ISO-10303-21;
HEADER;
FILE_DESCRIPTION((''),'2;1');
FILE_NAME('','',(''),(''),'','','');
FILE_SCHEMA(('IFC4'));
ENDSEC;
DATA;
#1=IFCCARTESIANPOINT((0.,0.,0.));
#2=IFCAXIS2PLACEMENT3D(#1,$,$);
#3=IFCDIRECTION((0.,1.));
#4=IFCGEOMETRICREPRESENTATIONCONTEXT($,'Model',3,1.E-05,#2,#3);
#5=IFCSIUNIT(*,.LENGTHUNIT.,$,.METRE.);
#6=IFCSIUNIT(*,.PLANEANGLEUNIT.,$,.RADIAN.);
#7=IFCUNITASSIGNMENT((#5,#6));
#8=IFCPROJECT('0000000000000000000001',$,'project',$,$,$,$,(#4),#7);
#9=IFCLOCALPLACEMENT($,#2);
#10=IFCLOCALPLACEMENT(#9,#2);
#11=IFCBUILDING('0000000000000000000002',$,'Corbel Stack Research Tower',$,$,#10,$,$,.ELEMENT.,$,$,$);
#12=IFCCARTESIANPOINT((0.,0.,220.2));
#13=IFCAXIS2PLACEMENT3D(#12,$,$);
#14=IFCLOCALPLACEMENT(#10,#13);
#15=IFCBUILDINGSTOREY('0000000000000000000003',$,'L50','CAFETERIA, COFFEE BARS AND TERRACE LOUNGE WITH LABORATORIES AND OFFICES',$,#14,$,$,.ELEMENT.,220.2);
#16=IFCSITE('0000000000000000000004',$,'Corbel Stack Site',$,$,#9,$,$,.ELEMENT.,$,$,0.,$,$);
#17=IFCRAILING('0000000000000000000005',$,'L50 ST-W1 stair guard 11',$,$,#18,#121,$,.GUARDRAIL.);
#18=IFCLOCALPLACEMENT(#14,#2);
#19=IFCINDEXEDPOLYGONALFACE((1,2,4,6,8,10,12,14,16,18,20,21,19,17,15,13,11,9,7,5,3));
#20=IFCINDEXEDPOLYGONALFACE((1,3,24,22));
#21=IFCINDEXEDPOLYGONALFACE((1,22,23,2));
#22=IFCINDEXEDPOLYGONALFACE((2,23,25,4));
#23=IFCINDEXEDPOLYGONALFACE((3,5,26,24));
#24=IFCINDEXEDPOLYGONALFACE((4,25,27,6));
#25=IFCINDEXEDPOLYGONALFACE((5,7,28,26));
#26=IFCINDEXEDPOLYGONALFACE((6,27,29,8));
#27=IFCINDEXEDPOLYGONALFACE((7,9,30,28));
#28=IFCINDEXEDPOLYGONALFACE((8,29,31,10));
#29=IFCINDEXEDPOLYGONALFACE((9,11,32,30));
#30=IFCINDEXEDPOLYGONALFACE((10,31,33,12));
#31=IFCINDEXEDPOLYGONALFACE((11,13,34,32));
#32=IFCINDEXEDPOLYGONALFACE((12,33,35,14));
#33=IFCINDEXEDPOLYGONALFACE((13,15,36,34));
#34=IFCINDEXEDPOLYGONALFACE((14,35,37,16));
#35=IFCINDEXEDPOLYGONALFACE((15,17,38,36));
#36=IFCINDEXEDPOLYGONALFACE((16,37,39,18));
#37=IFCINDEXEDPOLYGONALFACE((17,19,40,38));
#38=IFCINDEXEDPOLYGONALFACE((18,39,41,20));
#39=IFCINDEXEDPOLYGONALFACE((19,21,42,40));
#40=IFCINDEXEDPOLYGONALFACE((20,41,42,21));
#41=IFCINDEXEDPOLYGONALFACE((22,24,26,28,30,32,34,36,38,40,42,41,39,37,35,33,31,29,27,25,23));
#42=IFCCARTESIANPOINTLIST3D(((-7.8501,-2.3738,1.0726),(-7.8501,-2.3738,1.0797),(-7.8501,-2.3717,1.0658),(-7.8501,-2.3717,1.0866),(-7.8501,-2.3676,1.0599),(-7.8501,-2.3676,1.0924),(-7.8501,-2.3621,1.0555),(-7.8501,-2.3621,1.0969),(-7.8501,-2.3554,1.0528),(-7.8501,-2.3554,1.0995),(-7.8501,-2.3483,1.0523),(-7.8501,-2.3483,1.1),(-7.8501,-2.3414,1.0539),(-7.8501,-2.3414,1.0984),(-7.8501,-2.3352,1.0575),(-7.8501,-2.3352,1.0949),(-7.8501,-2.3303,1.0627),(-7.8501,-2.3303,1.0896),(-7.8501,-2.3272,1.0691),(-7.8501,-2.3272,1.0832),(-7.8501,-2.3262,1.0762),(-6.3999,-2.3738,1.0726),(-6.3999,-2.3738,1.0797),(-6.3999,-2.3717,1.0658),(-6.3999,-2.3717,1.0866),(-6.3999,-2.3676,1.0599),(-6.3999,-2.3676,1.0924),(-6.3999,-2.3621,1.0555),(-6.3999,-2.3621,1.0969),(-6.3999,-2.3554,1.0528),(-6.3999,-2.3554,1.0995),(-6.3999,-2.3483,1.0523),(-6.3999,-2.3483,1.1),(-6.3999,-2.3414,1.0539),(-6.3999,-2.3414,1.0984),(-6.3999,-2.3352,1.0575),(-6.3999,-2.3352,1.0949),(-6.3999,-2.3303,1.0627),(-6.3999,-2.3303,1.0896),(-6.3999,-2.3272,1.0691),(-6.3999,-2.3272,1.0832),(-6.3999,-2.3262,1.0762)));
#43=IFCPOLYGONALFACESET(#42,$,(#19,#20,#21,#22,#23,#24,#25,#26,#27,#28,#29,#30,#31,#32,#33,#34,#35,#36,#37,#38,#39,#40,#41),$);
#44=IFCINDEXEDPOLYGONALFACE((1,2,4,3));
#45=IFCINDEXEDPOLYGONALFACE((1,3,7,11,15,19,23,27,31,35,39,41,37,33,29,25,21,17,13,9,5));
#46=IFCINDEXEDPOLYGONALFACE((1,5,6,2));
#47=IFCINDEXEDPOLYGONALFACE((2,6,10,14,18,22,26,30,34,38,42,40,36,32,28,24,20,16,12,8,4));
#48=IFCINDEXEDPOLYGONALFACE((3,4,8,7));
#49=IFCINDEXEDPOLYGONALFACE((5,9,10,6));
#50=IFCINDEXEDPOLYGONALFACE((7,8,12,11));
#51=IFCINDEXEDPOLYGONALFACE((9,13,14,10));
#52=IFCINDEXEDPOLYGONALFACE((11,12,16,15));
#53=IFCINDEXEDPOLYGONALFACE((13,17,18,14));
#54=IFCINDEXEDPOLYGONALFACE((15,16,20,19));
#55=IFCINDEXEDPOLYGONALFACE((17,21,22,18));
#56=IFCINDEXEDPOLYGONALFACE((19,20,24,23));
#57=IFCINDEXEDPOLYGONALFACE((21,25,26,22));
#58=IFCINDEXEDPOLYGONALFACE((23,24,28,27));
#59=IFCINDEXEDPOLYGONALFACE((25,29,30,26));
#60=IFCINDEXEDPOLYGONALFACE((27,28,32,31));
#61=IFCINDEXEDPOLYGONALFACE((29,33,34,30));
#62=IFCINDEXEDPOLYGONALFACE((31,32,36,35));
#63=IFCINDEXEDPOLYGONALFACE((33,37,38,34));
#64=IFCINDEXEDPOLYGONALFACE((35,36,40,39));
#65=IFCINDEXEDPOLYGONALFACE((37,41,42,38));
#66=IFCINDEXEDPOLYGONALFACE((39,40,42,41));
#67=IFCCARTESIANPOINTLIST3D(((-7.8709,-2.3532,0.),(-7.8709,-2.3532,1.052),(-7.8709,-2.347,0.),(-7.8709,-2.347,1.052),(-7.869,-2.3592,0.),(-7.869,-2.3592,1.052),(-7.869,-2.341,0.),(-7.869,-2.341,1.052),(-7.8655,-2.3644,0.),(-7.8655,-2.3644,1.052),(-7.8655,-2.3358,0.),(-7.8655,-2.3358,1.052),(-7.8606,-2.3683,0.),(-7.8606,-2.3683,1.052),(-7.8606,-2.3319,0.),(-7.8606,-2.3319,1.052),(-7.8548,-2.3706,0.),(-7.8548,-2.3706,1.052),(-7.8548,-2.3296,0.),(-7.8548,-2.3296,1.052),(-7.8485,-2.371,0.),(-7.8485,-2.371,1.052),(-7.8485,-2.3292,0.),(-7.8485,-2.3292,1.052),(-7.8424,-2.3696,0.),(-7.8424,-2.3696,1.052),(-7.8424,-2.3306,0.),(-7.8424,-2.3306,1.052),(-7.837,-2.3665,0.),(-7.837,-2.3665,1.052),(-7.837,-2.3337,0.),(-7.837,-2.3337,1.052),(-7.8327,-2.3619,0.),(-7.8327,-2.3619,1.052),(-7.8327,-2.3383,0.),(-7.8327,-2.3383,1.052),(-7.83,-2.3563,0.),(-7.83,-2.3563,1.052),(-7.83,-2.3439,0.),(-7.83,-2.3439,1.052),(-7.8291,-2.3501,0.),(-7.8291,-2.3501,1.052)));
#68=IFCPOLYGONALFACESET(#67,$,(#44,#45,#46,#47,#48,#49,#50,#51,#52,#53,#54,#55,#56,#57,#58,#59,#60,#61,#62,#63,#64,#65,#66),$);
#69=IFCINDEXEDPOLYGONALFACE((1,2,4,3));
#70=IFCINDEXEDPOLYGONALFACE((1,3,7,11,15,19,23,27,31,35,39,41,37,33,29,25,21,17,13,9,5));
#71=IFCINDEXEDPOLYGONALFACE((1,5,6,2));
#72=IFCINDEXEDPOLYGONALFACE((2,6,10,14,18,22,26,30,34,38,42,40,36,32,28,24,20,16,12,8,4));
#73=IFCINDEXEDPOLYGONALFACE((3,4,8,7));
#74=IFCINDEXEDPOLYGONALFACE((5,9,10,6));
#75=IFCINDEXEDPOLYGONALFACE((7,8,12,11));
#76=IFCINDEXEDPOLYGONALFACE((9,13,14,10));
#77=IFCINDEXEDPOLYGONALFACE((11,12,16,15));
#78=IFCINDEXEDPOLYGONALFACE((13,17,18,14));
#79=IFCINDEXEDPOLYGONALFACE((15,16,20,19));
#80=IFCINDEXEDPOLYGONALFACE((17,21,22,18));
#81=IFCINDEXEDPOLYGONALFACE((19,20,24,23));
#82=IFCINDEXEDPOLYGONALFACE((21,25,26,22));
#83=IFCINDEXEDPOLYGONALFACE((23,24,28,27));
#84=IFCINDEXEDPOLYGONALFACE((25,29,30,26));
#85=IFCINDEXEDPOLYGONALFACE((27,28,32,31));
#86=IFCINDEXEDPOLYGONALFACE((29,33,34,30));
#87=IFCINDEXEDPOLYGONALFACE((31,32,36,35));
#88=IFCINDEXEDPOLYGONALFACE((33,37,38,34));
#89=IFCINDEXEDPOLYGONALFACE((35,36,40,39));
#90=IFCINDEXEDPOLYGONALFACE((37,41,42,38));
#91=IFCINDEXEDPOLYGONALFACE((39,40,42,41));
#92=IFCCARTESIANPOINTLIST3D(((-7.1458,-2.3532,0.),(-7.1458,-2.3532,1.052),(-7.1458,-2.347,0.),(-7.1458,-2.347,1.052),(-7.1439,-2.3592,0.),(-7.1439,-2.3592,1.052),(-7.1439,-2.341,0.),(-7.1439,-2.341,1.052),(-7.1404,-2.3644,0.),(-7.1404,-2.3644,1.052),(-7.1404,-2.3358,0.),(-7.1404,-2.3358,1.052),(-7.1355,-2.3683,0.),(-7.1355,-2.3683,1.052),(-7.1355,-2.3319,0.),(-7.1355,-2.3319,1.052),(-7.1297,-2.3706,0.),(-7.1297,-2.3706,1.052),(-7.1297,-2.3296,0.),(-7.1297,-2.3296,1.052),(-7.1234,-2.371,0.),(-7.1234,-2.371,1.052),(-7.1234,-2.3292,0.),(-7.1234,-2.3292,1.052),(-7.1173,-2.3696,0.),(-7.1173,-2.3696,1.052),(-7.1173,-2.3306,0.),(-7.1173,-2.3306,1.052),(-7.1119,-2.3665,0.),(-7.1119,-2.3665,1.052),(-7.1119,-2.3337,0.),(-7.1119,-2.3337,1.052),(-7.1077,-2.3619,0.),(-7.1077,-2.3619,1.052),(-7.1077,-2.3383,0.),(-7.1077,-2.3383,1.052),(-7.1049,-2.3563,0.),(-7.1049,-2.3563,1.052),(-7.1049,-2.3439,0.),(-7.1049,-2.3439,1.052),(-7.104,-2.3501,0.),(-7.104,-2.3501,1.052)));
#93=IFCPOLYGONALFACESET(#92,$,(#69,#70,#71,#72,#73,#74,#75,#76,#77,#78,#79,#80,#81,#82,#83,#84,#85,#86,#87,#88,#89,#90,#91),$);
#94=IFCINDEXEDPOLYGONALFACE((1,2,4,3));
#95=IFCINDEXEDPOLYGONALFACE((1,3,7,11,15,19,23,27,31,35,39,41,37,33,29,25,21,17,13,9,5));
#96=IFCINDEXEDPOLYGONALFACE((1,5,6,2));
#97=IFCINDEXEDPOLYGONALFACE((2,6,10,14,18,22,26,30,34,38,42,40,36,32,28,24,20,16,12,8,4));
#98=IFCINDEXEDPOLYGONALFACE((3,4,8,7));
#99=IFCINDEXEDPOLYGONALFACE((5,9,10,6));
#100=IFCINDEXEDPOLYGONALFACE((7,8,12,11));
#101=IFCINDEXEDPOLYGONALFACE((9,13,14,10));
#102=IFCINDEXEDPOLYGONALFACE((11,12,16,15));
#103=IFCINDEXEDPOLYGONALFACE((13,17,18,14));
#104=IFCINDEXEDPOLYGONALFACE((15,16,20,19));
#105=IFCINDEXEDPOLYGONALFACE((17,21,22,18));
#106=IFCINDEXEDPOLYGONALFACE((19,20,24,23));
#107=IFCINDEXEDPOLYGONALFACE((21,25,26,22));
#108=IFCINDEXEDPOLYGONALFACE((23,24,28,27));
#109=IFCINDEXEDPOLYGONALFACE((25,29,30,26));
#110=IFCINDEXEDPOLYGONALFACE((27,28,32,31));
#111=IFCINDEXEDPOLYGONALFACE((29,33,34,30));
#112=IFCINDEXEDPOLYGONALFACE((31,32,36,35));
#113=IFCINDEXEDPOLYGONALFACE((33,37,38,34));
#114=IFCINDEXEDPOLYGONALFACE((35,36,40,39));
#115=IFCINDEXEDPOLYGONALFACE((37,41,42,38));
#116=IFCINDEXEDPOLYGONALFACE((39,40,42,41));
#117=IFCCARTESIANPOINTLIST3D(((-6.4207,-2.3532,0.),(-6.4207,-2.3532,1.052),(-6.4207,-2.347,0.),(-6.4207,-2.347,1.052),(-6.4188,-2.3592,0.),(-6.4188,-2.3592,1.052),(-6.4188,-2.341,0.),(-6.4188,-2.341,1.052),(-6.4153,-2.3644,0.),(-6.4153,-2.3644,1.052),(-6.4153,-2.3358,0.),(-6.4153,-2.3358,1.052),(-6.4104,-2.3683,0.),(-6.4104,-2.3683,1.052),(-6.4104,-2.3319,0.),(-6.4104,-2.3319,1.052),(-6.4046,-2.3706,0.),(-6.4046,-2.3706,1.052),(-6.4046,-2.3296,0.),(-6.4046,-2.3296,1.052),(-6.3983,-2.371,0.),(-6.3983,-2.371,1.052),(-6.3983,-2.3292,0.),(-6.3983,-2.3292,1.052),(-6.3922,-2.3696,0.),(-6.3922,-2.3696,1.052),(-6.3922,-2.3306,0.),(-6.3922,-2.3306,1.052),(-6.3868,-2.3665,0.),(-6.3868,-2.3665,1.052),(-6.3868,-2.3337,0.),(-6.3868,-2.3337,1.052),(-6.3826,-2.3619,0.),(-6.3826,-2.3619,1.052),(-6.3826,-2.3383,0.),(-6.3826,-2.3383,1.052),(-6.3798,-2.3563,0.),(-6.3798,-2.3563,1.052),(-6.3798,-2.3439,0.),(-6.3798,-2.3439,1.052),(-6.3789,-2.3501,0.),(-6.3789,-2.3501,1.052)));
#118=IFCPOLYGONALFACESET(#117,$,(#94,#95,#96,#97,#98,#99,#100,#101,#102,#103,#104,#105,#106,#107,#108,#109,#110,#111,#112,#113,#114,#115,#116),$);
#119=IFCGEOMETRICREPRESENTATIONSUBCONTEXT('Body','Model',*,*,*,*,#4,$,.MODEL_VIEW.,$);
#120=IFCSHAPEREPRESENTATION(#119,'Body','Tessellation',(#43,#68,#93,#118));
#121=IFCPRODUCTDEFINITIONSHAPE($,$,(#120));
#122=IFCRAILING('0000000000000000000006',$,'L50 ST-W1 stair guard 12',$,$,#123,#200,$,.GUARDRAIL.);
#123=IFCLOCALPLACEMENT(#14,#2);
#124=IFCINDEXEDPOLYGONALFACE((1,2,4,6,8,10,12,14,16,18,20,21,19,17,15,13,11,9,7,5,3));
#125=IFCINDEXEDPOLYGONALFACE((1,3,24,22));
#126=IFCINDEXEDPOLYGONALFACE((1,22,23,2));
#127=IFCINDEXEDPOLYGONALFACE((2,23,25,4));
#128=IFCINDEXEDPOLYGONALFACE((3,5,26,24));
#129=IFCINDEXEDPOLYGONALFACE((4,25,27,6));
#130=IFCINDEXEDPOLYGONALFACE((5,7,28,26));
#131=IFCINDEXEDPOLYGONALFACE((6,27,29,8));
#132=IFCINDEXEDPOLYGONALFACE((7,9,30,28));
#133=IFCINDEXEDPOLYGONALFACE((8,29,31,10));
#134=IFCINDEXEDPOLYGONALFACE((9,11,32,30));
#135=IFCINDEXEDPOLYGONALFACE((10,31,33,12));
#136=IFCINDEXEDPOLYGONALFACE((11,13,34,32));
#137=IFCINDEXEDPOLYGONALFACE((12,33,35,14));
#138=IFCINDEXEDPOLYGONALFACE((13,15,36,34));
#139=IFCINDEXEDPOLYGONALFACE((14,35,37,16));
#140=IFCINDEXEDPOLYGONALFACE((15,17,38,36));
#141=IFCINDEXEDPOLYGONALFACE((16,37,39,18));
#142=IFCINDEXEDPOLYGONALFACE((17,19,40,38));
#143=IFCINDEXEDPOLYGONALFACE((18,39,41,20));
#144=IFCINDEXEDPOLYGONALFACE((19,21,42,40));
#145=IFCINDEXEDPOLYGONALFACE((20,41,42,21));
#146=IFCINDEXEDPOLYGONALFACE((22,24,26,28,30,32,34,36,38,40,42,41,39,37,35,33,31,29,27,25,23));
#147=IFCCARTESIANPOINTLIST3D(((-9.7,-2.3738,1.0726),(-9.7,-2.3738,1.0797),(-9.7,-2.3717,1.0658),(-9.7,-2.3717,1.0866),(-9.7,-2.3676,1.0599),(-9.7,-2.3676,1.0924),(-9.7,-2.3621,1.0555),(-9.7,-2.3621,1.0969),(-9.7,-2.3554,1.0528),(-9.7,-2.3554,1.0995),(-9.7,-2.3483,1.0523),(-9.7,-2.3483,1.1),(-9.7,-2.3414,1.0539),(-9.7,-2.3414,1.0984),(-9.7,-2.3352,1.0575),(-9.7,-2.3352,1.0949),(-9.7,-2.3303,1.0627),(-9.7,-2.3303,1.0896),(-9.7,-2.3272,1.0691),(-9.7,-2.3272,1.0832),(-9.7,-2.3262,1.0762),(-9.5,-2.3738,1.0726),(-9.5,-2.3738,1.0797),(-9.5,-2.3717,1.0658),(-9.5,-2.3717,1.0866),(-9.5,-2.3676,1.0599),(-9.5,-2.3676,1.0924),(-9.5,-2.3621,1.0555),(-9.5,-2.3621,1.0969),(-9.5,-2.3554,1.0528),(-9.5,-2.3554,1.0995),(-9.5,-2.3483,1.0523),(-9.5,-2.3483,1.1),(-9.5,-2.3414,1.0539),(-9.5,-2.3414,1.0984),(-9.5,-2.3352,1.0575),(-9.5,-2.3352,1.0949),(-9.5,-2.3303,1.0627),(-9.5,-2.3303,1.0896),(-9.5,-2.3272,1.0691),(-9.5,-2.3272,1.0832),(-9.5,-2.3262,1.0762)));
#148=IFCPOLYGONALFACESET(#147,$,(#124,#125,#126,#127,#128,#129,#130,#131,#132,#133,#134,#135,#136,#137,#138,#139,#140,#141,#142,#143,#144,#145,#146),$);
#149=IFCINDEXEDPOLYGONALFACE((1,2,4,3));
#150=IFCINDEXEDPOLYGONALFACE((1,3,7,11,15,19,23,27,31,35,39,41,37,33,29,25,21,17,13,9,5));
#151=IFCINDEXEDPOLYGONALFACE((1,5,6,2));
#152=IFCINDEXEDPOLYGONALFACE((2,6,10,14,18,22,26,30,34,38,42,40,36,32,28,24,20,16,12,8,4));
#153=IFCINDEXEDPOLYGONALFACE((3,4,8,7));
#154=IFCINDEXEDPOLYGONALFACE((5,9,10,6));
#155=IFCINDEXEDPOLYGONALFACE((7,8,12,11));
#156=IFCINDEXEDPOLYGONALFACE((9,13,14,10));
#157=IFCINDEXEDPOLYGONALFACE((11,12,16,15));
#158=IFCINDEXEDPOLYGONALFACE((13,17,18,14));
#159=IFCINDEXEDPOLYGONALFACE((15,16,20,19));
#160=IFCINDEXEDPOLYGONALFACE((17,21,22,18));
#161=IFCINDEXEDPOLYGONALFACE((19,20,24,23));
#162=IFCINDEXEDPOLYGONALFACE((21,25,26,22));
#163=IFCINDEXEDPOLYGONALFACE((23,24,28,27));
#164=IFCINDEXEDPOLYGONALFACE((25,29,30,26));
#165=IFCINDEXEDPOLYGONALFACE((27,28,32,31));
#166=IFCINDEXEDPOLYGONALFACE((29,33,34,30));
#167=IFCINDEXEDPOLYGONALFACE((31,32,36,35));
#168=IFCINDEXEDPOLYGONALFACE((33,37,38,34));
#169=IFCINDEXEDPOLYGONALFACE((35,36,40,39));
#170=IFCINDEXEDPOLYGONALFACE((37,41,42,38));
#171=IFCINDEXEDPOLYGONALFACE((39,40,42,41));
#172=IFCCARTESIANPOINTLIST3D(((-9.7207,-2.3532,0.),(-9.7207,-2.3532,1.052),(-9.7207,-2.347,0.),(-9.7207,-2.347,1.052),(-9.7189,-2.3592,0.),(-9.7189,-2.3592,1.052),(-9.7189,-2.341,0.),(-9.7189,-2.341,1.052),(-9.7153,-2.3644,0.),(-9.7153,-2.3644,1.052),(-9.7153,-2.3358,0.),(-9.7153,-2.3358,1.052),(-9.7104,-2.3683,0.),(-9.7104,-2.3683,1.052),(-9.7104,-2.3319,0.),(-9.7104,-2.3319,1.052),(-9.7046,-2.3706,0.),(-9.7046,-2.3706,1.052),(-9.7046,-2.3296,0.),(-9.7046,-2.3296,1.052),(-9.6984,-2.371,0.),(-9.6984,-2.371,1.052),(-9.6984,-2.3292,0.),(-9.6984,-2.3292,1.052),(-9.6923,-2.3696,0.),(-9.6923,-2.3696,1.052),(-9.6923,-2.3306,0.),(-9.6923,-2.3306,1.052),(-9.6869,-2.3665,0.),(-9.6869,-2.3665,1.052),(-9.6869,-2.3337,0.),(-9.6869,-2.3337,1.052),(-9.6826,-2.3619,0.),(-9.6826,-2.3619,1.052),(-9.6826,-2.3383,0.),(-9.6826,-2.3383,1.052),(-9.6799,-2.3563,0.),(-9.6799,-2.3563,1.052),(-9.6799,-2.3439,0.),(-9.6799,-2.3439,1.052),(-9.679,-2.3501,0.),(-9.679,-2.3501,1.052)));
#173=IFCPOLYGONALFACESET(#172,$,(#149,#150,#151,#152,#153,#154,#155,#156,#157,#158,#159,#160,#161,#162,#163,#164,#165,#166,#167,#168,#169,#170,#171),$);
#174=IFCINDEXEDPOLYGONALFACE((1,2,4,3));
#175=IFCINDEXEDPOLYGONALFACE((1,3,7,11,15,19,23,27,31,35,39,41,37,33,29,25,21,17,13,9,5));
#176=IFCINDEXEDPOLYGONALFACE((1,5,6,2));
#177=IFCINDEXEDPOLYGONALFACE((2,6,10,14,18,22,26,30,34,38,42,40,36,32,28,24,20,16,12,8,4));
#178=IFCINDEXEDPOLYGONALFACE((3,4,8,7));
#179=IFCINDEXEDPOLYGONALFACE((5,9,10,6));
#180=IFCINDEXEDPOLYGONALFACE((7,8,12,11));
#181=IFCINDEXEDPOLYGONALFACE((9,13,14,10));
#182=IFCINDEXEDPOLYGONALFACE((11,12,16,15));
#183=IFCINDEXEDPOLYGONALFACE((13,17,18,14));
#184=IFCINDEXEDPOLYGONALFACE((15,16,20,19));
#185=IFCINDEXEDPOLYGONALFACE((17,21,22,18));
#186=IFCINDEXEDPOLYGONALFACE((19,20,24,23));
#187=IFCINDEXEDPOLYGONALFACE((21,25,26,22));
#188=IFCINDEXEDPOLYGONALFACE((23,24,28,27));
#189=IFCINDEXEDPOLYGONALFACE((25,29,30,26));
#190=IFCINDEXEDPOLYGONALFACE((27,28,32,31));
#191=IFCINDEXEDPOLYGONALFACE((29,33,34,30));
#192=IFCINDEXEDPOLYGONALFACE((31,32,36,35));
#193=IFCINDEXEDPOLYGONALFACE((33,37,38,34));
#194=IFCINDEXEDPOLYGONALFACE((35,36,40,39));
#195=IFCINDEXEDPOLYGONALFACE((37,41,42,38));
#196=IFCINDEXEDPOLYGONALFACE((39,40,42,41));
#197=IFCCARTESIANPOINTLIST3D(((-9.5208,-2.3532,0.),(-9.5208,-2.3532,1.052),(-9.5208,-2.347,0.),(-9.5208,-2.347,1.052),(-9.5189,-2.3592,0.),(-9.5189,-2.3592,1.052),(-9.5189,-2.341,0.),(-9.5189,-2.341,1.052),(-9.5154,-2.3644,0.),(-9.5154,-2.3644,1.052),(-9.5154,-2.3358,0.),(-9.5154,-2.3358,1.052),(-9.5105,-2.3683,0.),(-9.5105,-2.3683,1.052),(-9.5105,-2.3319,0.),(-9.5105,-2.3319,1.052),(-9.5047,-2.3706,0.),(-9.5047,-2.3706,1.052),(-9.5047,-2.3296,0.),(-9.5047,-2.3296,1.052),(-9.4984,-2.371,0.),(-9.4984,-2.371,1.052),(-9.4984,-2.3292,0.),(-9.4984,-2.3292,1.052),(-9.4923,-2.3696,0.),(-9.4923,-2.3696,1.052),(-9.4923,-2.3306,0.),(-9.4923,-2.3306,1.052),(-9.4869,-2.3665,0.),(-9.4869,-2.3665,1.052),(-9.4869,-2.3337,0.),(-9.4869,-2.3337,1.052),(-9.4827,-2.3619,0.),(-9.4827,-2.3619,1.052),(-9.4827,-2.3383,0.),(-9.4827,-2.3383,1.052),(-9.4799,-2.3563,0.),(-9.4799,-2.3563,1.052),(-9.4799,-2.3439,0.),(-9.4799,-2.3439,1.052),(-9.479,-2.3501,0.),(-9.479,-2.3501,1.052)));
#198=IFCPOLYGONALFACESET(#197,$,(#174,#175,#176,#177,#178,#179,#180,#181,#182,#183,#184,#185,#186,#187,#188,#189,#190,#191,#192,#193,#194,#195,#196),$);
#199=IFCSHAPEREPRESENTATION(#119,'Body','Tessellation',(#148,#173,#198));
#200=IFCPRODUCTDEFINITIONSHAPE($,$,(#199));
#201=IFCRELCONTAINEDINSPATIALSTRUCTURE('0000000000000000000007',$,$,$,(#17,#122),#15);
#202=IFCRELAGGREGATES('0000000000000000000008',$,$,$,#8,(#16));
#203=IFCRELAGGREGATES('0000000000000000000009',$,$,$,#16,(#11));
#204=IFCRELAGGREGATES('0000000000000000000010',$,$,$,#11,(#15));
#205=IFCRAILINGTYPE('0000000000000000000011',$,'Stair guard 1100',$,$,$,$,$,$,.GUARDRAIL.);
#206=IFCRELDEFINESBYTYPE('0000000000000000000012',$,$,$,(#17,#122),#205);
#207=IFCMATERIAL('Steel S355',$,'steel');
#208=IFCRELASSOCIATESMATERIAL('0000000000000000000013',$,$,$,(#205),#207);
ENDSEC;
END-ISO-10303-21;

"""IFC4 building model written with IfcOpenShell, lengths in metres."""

from ifc_helpers import new_model, si_unit, direction, frame, origin, origin_2d, place, context, subcontext, project, spatial, circle, extrude, material, type_object, element, save


model = new_model("IFC4")

# Units and contexts
model_context = context("Model", 3, precision=1e-05, world=origin(), true_north=direction((0.0, 1.0)))
body_context = subcontext(model_context, "Body", "Model", "MODEL_VIEW")
ifc_project = project(units=[si_unit("LENGTHUNIT", "METRE"), si_unit("PLANEANGLEUNIT", "RADIAN")], contexts=[model_context])

# Site, building, storey
site_placement = place(None, origin())
site = spatial("IfcSite", under=ifc_project, at=site_placement, Name="Corbel Stack Site", CompositionType="ELEMENT", RefElevation=0.0)
building_placement = place(site_placement, origin())
building = spatial("IfcBuilding", under=site, at=building_placement, Name="Corbel Stack Research Tower", CompositionType="ELEMENT")
storey_placement = place(building_placement, frame((0.0, 0.0, 220.2)))
storey = spatial("IfcBuildingStorey", under=building, at=storey_placement, Name="L50", Description="CAFETERIA, COFFEE BARS AND TERRACE LOUNGE WITH LABORATORIES AND OFFICES", CompositionType="ELEMENT", Elevation=220.2)

# Railings
ifc_material_1 = material(Name="Steel S355", Category="steel")
railing_type_1 = type_object("IfcRailingType", Name="Stair guard 1100", PredefinedType="GUARDRAIL", material=ifc_material_1)
railing_1_placement = place(storey_placement, frame((-7.8501, -2.3501, 0.0)))
element("IfcRailing", 1, at=railing_1_placement, inside=storey, type_object=railing_type_1, Name="L50 ST-W1 stair guard 11", PredefinedType="GUARDRAIL", context=body_context, shape_type="SweptSolid", body=[
    extrude(circle(Radius=0.0239, at=origin_2d()), frame((0.0, 0.0, 1.0762), z_axis=(1.0, 0.0, 0.0), x_axis=(0.0, 1.0, 0.0)), (0.0, 0.0, 1.0), 1.4502),
    extrude(circle(Radius=0.021, at=origin_2d()), origin(), (0.0, 0.0, 1.0), 1.052),
    extrude(circle(Radius=0.021, at=origin_2d()), frame((0.7251, 0.0, 0.0)), (0.0, 0.0, 1.0), 1.052),
    extrude(circle(Radius=0.021, at=origin_2d()), frame((1.4502, 0.0, 0.0)), (0.0, 0.0, 1.0), 1.052),
])
railing_2_placement = place(storey_placement, frame((-9.7, -2.3501, 0.0)))
element("IfcRailing", 2, at=railing_2_placement, inside=storey, type_object=railing_type_1, Name="L50 ST-W1 stair guard 12", PredefinedType="GUARDRAIL", context=body_context, shape_type="SweptSolid", body=[
    extrude(circle(Radius=0.0239, at=origin_2d()), frame((0.0, 0.0, 1.0762), z_axis=(1.0, 0.0, 0.0), x_axis=(0.0, 1.0, 0.0)), (0.0, 0.0, 1.0), 0.2),
    extrude(circle(Radius=0.021, at=origin_2d()), origin(), (0.0, 0.0, 1.0), 1.052),
    extrude(circle(Radius=0.021, at=origin_2d()), frame((0.2, 0.0, 0.0)), (0.0, 0.0, 1.0), 1.052),
])

save(model, "model.ifc")
